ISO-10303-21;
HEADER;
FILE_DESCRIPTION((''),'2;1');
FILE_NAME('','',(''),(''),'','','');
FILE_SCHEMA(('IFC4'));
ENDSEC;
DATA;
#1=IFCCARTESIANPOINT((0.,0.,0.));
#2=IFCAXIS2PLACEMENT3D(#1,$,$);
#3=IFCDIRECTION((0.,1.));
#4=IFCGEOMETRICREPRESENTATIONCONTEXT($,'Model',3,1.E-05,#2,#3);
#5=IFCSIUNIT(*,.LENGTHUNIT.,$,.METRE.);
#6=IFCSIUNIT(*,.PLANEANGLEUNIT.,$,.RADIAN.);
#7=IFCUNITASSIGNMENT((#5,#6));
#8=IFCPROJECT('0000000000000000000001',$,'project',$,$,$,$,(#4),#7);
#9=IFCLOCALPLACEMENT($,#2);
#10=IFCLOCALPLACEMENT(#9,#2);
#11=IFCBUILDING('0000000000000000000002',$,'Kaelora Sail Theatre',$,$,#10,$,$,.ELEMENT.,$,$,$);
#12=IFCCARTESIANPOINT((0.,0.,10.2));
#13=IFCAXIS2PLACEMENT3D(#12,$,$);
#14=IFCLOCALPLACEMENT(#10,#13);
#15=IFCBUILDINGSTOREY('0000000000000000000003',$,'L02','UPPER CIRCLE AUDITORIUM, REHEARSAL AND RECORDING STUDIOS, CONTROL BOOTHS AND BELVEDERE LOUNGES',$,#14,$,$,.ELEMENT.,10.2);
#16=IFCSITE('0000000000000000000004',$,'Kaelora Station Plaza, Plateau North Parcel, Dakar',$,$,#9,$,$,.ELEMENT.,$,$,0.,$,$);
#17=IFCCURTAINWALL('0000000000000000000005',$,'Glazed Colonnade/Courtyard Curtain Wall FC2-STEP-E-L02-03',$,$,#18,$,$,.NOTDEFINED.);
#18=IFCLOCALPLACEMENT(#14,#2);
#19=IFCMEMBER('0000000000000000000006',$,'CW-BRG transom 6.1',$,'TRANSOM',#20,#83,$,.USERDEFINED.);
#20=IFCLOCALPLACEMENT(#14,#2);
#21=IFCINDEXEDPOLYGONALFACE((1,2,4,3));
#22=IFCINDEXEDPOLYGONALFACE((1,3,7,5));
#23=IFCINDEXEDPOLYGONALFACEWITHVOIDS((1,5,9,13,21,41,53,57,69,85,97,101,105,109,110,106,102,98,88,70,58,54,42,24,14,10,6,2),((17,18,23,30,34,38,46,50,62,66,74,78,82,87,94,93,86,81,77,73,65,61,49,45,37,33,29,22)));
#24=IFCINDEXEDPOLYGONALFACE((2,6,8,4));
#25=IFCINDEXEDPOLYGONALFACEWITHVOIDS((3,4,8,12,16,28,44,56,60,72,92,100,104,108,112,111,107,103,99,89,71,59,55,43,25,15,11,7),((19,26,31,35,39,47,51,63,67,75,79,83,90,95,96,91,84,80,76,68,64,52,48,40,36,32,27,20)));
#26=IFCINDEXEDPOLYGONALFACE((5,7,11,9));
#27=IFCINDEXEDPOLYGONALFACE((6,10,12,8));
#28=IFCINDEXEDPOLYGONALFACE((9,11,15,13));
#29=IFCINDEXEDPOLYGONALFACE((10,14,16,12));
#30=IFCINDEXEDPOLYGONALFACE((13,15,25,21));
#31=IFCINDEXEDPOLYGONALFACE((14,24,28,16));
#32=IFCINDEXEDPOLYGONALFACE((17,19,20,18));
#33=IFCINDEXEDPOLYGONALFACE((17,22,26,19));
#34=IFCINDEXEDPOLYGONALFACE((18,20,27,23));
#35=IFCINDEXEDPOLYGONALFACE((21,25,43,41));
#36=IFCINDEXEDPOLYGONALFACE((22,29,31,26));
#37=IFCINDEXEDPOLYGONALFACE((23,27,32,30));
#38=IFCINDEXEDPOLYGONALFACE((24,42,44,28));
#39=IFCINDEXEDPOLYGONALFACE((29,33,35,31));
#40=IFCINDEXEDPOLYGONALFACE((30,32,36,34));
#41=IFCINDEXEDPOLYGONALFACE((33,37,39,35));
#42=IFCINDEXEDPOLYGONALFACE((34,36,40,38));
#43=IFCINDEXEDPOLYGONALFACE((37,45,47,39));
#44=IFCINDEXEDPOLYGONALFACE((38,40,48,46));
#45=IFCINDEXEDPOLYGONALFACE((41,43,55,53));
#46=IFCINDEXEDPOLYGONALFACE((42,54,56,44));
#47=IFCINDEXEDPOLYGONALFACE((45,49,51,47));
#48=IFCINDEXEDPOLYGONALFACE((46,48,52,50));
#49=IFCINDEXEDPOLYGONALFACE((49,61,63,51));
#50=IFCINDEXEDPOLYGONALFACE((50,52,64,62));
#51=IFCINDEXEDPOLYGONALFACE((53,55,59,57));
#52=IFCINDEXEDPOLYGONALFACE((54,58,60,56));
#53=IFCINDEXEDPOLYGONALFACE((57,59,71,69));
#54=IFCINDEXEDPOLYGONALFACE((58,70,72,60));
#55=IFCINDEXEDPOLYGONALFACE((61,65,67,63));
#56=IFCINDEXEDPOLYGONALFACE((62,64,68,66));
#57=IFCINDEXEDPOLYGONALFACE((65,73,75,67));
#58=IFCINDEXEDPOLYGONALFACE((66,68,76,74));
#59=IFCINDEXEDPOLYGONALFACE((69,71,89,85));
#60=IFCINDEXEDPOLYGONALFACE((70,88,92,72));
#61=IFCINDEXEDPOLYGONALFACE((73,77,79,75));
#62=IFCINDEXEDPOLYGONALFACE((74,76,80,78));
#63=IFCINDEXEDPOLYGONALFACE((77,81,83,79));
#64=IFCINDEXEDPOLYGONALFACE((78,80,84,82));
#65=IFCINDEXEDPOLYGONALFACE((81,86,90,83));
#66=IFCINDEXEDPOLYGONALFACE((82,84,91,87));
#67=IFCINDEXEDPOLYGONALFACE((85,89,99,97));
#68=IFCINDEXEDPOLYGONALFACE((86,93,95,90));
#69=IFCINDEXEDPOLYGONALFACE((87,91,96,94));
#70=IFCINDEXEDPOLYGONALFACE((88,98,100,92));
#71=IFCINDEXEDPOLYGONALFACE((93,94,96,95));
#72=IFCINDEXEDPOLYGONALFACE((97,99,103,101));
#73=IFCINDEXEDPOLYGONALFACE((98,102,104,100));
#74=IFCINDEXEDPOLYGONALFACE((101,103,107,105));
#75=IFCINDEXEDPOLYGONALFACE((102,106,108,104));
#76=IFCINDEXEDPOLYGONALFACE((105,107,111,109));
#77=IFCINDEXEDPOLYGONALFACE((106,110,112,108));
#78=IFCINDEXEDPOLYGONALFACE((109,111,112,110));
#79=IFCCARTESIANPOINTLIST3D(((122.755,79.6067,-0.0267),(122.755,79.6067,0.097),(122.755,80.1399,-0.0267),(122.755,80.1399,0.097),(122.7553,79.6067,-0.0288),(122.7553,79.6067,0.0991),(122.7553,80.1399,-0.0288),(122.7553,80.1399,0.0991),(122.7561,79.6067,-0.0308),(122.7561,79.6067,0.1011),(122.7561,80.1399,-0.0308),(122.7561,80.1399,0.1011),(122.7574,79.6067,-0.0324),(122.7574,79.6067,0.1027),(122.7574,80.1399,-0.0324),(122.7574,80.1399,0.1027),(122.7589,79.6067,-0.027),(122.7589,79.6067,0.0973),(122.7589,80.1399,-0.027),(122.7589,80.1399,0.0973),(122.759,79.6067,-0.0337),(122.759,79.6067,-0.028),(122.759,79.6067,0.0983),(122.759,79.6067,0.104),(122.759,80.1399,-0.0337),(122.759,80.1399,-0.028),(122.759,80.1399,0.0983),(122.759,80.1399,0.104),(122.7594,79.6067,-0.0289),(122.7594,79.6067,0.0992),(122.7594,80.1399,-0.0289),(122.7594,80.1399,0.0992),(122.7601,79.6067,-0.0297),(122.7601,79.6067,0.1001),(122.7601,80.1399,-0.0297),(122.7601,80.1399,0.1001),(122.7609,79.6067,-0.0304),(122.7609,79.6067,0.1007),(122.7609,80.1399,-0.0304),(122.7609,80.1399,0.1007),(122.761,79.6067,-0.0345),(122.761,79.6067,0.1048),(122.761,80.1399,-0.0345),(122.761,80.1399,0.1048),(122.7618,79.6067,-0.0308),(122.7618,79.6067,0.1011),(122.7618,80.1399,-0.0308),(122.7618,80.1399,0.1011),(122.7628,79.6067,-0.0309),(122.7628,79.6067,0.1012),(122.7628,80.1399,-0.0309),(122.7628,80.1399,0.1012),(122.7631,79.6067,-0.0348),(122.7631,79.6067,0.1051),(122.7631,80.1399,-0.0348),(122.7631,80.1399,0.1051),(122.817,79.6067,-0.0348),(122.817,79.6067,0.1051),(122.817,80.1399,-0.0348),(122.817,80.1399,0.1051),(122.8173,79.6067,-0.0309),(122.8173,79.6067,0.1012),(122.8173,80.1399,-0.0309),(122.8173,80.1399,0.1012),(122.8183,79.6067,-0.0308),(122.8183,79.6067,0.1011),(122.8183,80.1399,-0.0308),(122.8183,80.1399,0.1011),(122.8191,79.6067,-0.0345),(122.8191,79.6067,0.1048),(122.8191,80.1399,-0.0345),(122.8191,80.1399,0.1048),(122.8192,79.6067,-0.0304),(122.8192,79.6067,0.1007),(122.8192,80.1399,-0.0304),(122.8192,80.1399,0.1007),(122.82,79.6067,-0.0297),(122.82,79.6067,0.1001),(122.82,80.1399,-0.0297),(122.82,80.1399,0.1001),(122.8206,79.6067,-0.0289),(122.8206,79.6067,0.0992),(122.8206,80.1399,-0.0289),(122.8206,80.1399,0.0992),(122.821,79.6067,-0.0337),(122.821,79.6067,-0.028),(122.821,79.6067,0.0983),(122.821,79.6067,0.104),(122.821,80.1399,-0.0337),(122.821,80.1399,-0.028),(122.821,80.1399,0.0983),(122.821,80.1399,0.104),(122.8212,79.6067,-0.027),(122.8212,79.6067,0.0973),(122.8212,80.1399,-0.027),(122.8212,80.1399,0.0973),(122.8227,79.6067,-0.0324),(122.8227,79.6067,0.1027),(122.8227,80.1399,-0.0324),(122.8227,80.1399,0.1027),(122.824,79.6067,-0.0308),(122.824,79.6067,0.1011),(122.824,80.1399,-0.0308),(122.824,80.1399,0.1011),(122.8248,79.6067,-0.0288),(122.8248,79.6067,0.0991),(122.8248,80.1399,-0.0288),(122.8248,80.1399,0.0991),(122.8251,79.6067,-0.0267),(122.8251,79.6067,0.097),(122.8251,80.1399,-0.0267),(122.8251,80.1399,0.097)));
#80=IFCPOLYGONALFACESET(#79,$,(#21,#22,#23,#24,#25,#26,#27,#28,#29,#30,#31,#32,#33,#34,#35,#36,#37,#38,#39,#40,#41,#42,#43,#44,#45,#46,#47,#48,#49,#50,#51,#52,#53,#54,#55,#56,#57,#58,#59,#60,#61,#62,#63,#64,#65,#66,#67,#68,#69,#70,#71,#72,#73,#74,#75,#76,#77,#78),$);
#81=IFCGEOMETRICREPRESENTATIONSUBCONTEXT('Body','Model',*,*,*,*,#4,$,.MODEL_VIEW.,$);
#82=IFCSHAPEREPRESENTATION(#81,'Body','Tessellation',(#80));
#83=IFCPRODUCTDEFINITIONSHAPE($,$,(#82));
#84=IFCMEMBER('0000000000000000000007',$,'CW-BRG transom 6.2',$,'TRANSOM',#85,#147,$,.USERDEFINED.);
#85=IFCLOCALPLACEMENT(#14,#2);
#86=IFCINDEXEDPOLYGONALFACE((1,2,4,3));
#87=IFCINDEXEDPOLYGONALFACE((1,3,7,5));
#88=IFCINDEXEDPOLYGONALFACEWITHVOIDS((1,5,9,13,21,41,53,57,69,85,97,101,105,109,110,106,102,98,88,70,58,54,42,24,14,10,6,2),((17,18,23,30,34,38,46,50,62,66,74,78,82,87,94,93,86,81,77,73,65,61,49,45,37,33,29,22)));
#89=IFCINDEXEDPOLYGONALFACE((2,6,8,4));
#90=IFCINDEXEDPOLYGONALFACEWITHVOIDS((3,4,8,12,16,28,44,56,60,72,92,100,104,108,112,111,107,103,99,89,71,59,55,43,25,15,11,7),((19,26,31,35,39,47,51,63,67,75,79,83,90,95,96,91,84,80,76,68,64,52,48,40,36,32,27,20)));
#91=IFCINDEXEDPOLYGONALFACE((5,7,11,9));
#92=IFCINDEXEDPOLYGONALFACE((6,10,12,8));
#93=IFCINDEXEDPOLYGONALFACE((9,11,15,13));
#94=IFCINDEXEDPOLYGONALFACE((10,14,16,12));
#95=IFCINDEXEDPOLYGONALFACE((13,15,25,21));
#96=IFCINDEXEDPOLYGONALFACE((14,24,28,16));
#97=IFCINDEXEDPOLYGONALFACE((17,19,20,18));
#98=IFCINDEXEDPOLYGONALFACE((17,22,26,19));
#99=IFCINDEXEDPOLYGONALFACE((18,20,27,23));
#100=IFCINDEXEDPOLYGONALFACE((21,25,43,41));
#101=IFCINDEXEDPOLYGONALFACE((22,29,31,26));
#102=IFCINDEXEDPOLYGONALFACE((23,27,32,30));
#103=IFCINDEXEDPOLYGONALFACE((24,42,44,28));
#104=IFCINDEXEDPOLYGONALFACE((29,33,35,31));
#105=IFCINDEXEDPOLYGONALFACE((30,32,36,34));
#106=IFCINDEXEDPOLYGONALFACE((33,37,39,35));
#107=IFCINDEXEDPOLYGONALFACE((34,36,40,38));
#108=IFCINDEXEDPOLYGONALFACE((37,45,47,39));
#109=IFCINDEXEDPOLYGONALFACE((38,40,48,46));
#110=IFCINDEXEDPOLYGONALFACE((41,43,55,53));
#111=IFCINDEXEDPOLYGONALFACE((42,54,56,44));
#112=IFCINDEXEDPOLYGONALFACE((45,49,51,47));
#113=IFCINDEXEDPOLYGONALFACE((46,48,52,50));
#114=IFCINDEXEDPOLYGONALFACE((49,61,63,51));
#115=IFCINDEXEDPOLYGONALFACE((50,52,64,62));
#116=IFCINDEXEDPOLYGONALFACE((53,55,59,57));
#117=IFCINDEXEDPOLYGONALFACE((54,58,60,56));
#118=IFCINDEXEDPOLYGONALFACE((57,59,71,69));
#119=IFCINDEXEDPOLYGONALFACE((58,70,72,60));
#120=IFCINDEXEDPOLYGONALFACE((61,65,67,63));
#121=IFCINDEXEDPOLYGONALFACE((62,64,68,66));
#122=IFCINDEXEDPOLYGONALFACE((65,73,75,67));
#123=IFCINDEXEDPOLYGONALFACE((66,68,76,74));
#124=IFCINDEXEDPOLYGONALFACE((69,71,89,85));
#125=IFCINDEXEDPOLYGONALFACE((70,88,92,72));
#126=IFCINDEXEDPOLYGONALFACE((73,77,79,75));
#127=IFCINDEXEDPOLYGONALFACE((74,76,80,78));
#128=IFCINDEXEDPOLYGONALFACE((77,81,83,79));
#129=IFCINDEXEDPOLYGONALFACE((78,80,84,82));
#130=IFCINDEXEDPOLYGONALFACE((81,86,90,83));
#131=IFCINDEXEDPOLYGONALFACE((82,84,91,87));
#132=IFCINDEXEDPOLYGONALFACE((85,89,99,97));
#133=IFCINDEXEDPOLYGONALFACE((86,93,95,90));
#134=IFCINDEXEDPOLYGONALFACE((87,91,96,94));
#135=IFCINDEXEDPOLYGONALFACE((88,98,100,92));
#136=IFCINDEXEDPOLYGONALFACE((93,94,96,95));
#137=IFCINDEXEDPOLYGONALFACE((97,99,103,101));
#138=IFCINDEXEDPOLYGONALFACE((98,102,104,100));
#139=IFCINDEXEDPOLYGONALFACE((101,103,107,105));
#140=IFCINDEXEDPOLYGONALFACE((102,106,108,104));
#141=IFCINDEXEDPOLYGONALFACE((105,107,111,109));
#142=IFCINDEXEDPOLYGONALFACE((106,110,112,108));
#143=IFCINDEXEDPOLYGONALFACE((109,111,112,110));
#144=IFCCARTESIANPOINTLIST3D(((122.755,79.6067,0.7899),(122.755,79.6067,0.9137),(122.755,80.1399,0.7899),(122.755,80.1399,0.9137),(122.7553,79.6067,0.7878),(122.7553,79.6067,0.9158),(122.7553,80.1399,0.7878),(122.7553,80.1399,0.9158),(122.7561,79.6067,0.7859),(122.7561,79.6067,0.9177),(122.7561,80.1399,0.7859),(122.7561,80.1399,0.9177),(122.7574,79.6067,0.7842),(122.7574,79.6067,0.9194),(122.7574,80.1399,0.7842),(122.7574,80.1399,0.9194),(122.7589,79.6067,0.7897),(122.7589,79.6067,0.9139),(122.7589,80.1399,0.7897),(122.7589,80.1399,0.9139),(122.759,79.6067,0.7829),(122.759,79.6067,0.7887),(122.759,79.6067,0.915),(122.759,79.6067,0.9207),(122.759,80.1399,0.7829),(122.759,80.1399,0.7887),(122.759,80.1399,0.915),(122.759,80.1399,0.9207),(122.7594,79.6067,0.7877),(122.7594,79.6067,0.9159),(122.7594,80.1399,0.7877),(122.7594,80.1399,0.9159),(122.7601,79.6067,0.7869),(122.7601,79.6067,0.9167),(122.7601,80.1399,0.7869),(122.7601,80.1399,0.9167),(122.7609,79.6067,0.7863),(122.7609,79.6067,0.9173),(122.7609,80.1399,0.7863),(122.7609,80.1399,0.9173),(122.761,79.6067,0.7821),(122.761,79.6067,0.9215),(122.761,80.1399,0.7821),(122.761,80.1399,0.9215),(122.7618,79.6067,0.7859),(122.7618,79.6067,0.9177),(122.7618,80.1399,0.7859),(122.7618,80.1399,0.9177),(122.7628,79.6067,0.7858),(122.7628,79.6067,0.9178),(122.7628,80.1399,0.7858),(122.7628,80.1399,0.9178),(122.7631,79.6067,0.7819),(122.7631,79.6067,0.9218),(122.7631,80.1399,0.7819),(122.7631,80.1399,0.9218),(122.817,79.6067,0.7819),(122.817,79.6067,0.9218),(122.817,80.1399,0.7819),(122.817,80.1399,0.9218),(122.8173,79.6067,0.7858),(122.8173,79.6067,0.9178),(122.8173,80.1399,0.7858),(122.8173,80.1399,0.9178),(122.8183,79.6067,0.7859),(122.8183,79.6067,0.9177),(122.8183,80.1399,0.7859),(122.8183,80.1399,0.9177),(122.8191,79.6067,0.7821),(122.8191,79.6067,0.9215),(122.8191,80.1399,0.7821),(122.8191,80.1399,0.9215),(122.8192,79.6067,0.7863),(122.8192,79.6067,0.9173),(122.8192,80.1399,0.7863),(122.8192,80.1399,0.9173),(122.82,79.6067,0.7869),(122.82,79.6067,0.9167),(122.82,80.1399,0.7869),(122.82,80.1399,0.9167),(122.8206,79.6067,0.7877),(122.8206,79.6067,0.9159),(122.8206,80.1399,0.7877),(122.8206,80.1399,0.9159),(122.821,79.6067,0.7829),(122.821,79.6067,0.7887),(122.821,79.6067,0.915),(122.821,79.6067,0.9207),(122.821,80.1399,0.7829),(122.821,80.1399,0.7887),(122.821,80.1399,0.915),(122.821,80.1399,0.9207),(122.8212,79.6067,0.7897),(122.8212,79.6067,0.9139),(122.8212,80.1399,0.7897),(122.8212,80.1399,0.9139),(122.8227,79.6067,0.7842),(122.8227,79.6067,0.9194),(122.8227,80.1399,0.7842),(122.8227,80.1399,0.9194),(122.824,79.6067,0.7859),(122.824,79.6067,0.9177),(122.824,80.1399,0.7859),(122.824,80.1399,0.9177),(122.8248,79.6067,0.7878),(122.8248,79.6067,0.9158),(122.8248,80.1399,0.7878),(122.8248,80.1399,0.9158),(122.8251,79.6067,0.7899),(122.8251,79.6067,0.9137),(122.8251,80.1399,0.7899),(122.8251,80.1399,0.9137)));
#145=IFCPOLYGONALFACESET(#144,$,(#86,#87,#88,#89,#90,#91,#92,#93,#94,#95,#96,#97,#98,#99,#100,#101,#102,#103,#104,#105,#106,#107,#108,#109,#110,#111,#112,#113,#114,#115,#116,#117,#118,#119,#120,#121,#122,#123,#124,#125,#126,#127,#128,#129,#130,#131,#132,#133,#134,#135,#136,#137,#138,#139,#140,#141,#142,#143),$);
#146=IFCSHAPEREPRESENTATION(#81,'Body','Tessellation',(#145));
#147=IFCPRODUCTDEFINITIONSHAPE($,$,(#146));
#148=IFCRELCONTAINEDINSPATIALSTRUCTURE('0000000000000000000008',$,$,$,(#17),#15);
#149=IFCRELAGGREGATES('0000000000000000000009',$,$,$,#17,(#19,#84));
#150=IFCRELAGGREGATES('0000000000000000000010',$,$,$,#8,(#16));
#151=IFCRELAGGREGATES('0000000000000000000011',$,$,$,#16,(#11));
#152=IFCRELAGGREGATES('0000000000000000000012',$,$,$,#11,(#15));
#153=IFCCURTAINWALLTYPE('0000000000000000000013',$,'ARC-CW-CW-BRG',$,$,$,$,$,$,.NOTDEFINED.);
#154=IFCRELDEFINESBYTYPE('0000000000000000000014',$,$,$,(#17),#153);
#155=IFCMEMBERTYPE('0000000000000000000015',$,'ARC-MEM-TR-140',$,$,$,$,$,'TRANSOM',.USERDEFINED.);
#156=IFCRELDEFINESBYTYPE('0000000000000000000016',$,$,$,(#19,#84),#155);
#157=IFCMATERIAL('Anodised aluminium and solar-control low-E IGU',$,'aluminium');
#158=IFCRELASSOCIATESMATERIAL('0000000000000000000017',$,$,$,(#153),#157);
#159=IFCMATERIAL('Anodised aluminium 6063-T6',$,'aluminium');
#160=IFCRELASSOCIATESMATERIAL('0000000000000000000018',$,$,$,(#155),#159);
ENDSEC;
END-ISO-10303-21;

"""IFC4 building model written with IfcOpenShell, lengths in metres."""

from ifc_helpers import new_model, si_unit, direction, frame, origin, origin_2d, place, context, subcontext, project, spatial, hollow_rectangle, extrude, material, material_profile, profile_set, type_object, element, aggregate, save


model = new_model("IFC4")

# Units and contexts
model_context = context("Model", 3, precision=1e-05, world=origin(), true_north=direction((0.0, 1.0)))
body_context = subcontext(model_context, "Body", "Model", "MODEL_VIEW")
ifc_project = project(units=[si_unit("LENGTHUNIT", "METRE"), si_unit("PLANEANGLEUNIT", "RADIAN")], contexts=[model_context])

# Site, building, storey
site_placement = place(None, origin())
site = spatial("IfcSite", under=ifc_project, at=site_placement, Name="Kaelora Station Plaza, Plateau North Parcel, Dakar", CompositionType="ELEMENT", RefElevation=0.0)
building_placement = place(site_placement, origin())
building = spatial("IfcBuilding", under=site, at=building_placement, Name="Kaelora Sail Theatre", CompositionType="ELEMENT")
storey_placement = place(building_placement, frame((0.0, 0.0, 10.2)))
storey = spatial("IfcBuildingStorey", under=building, at=storey_placement, Name="L02", Description="UPPER CIRCLE AUDITORIUM, REHEARSAL AND RECORDING STUDIOS, CONTROL BOOTHS AND BELVEDERE LOUNGES", CompositionType="ELEMENT", Elevation=10.2)

# Curtain wall
ifc_material_1 = material(Name="Anodised aluminium and solar-control low-E IGU", Category="aluminium")
curtain_wall_type = type_object("IfcCurtainWallType", Name="ARC-CW-CW-BRG", PredefinedType="NOTDEFINED", material=ifc_material_1)
curtain_wall_1_placement = place(storey_placement, origin())
curtain_wall_1 = element("IfcCurtainWall", 1, at=curtain_wall_1_placement, inside=storey, type_object=curtain_wall_type, Name="Glazed Colonnade/Courtyard Curtain Wall FC2-STEP-E-L02-03", PredefinedType="NOTDEFINED")

# Members
ifc_material_2 = material(Name="Anodised aluminium 6063-T6", Category="aluminium")
ifc_material_profile_1 = material_profile(ifc_material_2, hollow_rectangle(XDim=0.0701, YDim=0.1399, WallThickness=0.0039, InnerFilletRadius=0.0039, OuterFilletRadius=0.0081, at=origin_2d()), Name="ALU-TRAN 70x140x4")
ifc_profile_set_1 = profile_set([ifc_material_profile_1], Name="Anodised aluminium 6063-T6")
member_type_1 = type_object("IfcMemberType", Name="ARC-MEM-TR-140", ElementType="TRANSOM", PredefinedType="USERDEFINED", material=ifc_profile_set_1)
member_1_placement = place(storey_placement, frame((122.79, 79.6067, 0.0352), z_axis=(0.0, 1.0, 0.0), x_axis=(-1.0, 0.0, 0.0)))
member_1 = element("IfcMember", 2, at=member_1_placement, type_object=member_type_1, Name="CW-BRG transom 6.1", ObjectType="TRANSOM", PredefinedType="USERDEFINED", context=body_context, shape_type="SweptSolid", body=[
    extrude(hollow_rectangle(XDim=0.0701, YDim=0.1399, WallThickness=0.0039, InnerFilletRadius=0.0039, OuterFilletRadius=0.0081, at=origin_2d()), origin(), (0.0, 0.0, 1.0), 0.5332),
])
member_2_placement = place(storey_placement, frame((122.79, 79.6067, 0.8518), z_axis=(0.0, 1.0, 0.0), x_axis=(-1.0, 0.0, 0.0)))
member_2 = element("IfcMember", 3, at=member_2_placement, type_object=member_type_1, Name="CW-BRG transom 6.2", ObjectType="TRANSOM", PredefinedType="USERDEFINED", context=body_context, shape_type="SweptSolid", body=[
    extrude(hollow_rectangle(XDim=0.0701, YDim=0.1399, WallThickness=0.0039, InnerFilletRadius=0.0039, OuterFilletRadius=0.0081, at=origin_2d()), origin(), (0.0, 0.0, 1.0), 0.5332),
])

aggregate(curtain_wall_1, [member_1, member_2])

save(model, "model.ifc")
